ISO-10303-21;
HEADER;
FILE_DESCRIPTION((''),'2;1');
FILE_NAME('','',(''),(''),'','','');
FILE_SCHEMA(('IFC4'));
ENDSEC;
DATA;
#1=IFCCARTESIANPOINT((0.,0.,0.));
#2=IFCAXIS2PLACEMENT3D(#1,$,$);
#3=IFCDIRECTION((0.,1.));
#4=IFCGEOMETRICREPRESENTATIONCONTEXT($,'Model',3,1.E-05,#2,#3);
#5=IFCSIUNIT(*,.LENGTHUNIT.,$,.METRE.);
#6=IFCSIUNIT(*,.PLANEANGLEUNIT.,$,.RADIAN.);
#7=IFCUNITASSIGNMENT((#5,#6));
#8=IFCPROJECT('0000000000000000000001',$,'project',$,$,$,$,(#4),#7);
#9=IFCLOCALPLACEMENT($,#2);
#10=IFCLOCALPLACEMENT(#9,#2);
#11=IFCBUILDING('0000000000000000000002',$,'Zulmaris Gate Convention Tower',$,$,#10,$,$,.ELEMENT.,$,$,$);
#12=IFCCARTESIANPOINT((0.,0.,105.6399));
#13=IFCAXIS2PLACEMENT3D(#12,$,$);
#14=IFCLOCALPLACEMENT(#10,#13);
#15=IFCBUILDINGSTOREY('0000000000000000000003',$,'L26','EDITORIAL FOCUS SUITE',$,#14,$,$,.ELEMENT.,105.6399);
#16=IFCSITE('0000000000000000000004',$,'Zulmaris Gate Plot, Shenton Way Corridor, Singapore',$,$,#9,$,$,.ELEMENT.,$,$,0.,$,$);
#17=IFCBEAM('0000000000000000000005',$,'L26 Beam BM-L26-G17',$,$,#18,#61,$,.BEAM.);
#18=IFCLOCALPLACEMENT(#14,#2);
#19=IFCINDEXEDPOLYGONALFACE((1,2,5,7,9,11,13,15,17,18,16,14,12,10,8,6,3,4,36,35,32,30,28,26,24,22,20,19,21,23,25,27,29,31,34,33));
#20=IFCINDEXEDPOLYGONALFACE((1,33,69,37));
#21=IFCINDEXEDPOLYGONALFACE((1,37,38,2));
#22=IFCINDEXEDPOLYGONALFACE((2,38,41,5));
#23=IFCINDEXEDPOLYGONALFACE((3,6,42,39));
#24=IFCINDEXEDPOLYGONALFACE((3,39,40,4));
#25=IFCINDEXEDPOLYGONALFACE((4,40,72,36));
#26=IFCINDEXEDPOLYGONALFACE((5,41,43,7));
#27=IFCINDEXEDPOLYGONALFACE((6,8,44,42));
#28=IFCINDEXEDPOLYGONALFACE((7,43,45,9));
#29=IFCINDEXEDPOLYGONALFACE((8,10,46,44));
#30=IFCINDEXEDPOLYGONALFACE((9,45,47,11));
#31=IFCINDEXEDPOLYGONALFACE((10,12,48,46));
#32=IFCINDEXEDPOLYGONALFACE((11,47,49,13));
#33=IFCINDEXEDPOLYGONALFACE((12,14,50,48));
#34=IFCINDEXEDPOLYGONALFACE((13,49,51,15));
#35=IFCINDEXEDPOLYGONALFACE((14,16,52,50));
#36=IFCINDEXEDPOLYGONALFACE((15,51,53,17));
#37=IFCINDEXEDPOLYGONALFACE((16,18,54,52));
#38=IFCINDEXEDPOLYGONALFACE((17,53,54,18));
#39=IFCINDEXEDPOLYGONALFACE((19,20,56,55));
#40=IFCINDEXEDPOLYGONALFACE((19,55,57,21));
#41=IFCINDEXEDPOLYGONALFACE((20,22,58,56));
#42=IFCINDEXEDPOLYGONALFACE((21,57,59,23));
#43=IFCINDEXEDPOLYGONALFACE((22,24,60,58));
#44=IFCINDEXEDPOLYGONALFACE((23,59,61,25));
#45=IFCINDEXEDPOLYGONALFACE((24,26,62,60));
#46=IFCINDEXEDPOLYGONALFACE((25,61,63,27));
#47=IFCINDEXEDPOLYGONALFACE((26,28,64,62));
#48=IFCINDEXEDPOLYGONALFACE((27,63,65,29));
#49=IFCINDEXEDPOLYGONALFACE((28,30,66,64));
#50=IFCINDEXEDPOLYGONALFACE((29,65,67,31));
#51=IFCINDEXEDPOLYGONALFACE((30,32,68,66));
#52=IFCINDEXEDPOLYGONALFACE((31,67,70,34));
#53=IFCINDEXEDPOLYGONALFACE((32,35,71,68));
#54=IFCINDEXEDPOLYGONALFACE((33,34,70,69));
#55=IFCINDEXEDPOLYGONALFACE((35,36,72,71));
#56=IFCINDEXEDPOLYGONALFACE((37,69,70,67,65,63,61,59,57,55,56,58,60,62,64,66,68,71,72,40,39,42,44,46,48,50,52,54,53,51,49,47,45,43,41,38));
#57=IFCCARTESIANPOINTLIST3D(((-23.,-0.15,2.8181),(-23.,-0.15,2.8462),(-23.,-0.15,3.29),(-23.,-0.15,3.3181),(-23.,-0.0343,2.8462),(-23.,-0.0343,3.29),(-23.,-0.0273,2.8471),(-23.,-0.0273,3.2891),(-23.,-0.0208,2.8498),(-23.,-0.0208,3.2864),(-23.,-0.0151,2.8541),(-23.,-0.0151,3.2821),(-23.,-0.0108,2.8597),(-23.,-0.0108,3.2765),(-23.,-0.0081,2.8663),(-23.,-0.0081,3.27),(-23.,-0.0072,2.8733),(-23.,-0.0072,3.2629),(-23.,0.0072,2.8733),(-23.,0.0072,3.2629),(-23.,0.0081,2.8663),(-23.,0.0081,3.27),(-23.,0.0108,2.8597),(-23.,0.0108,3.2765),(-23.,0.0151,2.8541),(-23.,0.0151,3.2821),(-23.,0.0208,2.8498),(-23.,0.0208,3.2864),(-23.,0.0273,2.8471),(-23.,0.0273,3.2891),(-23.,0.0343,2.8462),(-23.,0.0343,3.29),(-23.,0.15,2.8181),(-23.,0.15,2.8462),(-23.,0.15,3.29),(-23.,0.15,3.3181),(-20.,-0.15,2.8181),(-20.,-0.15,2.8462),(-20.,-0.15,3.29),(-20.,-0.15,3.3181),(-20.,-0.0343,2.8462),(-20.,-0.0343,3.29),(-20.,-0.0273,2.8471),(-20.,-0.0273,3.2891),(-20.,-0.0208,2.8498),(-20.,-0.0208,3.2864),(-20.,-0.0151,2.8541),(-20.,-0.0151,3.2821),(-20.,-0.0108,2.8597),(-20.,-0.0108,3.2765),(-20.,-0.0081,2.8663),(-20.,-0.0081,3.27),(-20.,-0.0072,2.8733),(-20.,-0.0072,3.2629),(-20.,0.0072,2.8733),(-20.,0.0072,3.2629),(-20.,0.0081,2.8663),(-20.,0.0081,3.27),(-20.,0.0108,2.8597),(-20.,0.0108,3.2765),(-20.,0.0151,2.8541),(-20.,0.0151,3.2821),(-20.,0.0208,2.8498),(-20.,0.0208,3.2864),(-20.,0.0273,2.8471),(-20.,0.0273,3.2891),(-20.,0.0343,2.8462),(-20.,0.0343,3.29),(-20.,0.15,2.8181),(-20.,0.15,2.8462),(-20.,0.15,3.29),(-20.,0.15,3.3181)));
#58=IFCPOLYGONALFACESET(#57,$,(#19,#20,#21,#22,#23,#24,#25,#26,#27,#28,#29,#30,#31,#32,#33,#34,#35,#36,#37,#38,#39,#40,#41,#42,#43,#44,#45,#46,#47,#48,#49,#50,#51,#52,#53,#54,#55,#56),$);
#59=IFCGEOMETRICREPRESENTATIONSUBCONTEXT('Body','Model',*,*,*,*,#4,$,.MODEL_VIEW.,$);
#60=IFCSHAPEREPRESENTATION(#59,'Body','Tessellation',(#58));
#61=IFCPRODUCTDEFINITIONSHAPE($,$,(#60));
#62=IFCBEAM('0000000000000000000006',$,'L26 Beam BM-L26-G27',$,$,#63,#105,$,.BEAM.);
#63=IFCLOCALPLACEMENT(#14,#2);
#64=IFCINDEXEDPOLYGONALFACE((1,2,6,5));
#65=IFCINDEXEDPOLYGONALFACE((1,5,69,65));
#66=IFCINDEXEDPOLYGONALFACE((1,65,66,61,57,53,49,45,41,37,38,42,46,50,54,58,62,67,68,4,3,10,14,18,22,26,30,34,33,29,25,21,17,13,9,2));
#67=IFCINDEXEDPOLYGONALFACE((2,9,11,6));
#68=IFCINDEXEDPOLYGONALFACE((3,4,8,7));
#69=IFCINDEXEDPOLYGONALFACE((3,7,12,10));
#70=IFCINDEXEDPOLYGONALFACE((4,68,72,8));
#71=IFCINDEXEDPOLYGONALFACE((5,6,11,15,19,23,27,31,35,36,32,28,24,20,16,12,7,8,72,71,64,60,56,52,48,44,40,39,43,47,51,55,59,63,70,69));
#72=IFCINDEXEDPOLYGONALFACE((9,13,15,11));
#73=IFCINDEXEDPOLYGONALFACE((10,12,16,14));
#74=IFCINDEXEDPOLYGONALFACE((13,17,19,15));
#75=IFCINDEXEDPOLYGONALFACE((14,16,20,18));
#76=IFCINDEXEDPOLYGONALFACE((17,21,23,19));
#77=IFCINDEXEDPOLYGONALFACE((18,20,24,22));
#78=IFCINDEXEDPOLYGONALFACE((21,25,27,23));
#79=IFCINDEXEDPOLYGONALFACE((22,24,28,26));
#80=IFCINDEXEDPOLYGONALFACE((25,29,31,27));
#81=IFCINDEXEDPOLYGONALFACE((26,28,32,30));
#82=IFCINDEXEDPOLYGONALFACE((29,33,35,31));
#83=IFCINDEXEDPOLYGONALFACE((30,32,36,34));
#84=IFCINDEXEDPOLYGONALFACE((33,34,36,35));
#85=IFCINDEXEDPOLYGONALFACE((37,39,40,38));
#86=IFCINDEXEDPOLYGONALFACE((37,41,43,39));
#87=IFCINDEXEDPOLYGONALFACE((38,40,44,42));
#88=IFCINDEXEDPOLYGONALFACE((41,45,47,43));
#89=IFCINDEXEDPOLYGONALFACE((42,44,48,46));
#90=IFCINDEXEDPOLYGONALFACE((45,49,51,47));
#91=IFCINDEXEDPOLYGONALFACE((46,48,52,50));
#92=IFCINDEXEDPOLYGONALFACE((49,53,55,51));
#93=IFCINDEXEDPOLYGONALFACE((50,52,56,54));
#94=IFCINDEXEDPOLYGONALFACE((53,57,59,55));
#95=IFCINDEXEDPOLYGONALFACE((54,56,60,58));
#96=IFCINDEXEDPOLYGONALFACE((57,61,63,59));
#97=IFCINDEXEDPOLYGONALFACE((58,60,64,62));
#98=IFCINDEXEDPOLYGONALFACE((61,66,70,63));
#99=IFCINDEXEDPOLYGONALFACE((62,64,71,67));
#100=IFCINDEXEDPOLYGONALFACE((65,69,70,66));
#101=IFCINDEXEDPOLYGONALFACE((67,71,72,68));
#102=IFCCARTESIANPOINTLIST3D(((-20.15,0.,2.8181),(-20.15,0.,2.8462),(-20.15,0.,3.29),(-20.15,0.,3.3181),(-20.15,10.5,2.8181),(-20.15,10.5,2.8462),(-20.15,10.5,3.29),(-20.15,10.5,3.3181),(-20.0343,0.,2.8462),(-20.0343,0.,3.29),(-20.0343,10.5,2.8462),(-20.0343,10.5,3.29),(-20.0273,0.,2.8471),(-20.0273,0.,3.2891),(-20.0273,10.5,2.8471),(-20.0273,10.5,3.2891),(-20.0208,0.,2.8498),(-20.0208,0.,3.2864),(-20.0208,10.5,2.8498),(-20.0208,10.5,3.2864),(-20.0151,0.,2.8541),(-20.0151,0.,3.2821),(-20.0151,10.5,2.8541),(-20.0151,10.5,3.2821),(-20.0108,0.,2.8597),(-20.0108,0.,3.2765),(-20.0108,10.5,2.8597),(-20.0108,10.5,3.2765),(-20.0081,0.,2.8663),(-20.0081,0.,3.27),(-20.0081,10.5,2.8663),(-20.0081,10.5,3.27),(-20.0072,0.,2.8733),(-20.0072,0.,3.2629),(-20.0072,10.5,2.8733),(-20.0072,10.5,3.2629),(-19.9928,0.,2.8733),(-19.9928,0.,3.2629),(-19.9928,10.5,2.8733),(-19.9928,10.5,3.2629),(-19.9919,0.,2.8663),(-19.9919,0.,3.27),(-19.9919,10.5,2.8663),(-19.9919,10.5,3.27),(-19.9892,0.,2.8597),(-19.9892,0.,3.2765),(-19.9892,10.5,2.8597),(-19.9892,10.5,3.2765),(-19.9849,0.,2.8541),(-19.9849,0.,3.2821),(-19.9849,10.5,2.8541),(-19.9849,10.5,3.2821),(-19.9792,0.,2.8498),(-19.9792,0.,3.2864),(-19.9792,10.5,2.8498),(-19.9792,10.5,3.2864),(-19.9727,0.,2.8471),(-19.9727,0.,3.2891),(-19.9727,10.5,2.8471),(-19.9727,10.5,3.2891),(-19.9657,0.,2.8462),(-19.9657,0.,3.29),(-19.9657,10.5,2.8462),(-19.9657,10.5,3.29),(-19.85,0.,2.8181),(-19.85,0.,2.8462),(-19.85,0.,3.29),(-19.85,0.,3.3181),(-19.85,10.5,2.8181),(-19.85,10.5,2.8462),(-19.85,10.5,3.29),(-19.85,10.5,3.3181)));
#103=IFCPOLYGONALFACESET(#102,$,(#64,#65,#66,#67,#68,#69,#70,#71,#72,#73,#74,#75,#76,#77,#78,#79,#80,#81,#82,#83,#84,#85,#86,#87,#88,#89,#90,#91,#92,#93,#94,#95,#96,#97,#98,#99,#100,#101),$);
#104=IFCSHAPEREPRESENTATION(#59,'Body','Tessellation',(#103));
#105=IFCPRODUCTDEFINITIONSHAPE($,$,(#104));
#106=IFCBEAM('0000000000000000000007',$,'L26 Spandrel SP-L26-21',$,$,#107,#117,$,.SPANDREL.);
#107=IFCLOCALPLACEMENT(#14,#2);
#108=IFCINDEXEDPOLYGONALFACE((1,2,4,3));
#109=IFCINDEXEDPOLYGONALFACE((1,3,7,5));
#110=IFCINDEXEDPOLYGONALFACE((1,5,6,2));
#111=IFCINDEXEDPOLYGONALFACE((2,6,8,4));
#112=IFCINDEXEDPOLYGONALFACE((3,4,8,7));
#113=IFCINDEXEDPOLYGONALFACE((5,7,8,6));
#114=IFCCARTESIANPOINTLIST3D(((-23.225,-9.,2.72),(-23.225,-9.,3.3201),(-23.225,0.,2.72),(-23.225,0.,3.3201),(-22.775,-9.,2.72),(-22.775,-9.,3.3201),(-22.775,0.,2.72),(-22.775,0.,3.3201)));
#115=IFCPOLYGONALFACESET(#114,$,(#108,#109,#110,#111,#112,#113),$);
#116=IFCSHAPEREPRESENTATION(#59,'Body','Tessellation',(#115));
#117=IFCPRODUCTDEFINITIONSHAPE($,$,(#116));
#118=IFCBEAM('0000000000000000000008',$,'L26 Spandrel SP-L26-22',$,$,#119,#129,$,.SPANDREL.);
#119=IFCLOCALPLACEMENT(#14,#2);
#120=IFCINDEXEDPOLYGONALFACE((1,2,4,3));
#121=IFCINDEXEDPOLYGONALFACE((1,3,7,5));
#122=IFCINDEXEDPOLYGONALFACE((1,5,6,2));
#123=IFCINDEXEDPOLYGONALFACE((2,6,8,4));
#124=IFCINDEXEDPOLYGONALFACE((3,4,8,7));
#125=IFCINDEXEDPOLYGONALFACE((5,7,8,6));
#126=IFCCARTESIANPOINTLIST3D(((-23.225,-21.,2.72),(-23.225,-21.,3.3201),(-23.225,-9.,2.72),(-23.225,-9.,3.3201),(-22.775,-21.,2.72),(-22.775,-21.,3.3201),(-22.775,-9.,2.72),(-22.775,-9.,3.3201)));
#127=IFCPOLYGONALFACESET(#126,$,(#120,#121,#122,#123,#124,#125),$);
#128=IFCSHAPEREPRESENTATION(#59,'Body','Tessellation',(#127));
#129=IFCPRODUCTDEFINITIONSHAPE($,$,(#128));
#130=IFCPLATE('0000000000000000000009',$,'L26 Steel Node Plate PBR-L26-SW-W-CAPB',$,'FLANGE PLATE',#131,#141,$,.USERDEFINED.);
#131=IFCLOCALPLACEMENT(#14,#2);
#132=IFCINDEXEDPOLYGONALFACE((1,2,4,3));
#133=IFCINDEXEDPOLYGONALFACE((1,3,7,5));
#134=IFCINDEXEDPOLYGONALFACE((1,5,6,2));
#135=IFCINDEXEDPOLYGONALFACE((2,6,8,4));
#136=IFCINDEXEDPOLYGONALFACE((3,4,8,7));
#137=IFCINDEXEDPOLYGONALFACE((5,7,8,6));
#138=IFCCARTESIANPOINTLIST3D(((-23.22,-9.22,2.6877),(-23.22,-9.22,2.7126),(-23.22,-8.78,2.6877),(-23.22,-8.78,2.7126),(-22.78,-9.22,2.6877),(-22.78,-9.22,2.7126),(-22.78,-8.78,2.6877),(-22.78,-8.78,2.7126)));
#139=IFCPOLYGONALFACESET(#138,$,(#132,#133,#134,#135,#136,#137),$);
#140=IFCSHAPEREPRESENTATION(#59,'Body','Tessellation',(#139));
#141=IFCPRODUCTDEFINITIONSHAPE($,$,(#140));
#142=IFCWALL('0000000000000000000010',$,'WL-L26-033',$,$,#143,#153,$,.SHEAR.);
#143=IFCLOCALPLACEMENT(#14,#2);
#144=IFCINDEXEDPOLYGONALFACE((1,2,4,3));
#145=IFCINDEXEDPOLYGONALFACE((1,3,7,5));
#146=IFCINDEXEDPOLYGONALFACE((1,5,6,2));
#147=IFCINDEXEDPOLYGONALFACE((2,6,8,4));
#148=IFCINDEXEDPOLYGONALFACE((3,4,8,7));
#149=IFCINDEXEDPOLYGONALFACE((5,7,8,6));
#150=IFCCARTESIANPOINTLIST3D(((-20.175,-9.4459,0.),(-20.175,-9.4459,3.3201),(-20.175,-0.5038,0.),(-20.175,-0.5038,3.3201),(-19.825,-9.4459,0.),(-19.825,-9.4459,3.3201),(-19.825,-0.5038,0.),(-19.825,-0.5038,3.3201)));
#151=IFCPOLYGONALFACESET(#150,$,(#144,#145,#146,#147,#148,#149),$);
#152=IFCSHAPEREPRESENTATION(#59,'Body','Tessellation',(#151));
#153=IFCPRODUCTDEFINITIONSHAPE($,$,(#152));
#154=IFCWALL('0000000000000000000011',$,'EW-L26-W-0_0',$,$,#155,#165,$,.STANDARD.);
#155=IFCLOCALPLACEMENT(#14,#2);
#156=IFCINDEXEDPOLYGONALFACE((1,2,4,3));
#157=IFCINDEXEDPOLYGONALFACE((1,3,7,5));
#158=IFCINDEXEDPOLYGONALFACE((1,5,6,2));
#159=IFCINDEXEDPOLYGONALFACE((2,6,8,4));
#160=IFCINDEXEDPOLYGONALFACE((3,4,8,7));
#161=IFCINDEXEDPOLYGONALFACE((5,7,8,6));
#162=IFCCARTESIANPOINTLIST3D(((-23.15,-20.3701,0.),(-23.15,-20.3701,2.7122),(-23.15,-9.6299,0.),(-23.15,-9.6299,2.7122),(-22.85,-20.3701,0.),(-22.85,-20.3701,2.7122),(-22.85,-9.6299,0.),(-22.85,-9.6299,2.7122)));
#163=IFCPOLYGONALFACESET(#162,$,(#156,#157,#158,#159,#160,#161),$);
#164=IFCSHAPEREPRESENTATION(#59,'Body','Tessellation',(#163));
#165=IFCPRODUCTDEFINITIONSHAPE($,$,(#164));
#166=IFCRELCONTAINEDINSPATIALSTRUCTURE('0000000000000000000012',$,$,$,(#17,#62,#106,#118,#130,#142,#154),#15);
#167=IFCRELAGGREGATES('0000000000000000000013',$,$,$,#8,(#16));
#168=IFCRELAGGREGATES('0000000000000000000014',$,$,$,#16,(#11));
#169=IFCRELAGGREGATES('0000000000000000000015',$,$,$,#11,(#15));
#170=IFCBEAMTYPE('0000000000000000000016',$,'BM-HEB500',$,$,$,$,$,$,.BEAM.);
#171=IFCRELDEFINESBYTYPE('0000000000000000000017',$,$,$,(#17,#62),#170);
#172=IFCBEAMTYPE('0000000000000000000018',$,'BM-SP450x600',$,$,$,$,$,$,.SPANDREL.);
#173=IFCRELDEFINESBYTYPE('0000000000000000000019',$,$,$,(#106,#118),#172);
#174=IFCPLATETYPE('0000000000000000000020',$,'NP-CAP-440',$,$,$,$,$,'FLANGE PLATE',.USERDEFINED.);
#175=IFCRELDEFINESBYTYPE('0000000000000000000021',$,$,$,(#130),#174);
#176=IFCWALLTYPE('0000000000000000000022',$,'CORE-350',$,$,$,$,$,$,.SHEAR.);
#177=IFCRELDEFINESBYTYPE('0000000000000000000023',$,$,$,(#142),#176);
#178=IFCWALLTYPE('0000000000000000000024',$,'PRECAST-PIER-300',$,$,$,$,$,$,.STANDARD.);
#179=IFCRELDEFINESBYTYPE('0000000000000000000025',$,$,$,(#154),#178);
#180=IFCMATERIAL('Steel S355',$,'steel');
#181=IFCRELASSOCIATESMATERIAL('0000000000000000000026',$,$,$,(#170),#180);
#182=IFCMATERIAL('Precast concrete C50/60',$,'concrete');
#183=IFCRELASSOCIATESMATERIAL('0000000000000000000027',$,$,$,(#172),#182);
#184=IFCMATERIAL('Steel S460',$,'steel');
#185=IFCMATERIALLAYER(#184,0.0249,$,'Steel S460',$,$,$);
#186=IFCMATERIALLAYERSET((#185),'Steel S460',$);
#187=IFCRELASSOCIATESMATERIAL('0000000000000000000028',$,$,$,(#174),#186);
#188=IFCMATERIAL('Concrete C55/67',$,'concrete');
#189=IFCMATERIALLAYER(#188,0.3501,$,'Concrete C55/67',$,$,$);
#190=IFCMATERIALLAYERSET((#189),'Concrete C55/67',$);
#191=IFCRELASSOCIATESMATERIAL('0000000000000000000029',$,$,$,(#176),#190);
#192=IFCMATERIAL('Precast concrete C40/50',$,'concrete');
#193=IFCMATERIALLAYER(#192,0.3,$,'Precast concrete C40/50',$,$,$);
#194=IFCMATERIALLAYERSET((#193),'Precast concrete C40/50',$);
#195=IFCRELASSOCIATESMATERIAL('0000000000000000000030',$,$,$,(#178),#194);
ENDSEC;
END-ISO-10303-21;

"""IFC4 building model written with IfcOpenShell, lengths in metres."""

from ifc_helpers import new_model, si_unit, direction, frame, frame_2d, origin, origin_2d, place, context, subcontext, project, spatial, rectangle, i_section, extrude, material, layer, layer_set, material_profile, profile_set, type_object, element, save


model = new_model("IFC4")

# Units and contexts
model_context = context("Model", 3, precision=1e-05, world=origin(), true_north=direction((0.0, 1.0)))
body_context = subcontext(model_context, "Body", "Model", "MODEL_VIEW")
ifc_project = project(units=[si_unit("LENGTHUNIT", "METRE"), si_unit("PLANEANGLEUNIT", "RADIAN")], contexts=[model_context])

# Site, building, storey
site_placement = place(None, origin())
site = spatial("IfcSite", under=ifc_project, at=site_placement, Name="Zulmaris Gate Plot, Shenton Way Corridor, Singapore", CompositionType="ELEMENT", RefElevation=0.0)
building_placement = place(site_placement, origin())
building = spatial("IfcBuilding", under=site, at=building_placement, Name="Zulmaris Gate Convention Tower", CompositionType="ELEMENT")
storey_placement = place(building_placement, frame((0.0, 0.0, 105.6399)))
storey = spatial("IfcBuildingStorey", under=building, at=storey_placement, Name="L26", Description="EDITORIAL FOCUS SUITE", CompositionType="ELEMENT", Elevation=105.6399)

# Beams
ifc_material_1 = material(Name="Steel S355", Category="steel")
ifc_material_profile_1 = material_profile(ifc_material_1, i_section(OverallWidth=0.3, OverallDepth=0.5, WebThickness=0.0144, FlangeThickness=0.0281, FilletRadius=0.0271, at=origin_2d()), Name="HEB 500")
ifc_profile_set_1 = profile_set([ifc_material_profile_1], Name="Steel S355")
beam_type_1 = type_object("IfcBeamType", Name="BM-HEB500", PredefinedType="BEAM", material=ifc_profile_set_1)
for number, where, z_axis, x_axis, name in (
    (1, (-23.0, 0.0, 3.0681), (1.0, 0.0, 0.0), (0.0, 1.0, 0.0), "L26 Beam BM-L26-G17"),
):
    element("IfcBeam", number, at=place(storey_placement, frame(where, z_axis=z_axis, x_axis=x_axis)), inside=storey, type_object=beam_type_1, Name=name, PredefinedType="BEAM", context=body_context, shape_type="SweptSolid", body=[
        extrude(i_section(OverallWidth=0.3, OverallDepth=0.5, WebThickness=0.0144, FlangeThickness=0.0281, FilletRadius=0.0271, at=origin_2d()), origin(), (0.0, 0.0, 1.0), 3.0),
    ])
beam_1_placement = place(storey_placement, frame((-20.0, 0.0, 3.0681), z_axis=(0.0, 1.0, 0.0), x_axis=(-1.0, 0.0, 0.0)))
element("IfcBeam", 2, at=beam_1_placement, inside=storey, type_object=beam_type_1, Name="L26 Beam BM-L26-G27", PredefinedType="BEAM", context=body_context, shape_type="SweptSolid", body=[
    extrude(i_section(OverallWidth=0.3, OverallDepth=0.5, WebThickness=0.0144, FlangeThickness=0.0281, FilletRadius=0.0271, at=origin_2d()), origin(), (0.0, 0.0, 1.0), 10.5),
])
ifc_material_2 = material(Name="Precast concrete C50/60", Category="concrete")
ifc_material_profile_2 = material_profile(ifc_material_2, rectangle(XDim=0.45, YDim=0.6001, at=origin_2d()), Name="RC SPANDREL 450x600")
ifc_profile_set_2 = profile_set([ifc_material_profile_2], Name="Precast concrete C50/60")
beam_type_2 = type_object("IfcBeamType", Name="BM-SP450x600", PredefinedType="SPANDREL", material=ifc_profile_set_2)
beam_2_placement = place(storey_placement, frame((-23.0, 0.0, 3.02), z_axis=(0.0, -1.0, 0.0), x_axis=(1.0, 0.0, 0.0)))
element("IfcBeam", 3, at=beam_2_placement, inside=storey, type_object=beam_type_2, Name="L26 Spandrel SP-L26-21", PredefinedType="SPANDREL", context=body_context, shape_type="SweptSolid", body=[
    extrude(rectangle(XDim=0.45, YDim=0.6001, at=origin_2d()), origin(), (0.0, 0.0, 1.0), 9.0),
])
beam_3_placement = place(storey_placement, frame((-23.0, -9.0, 3.02), z_axis=(0.0, -1.0, 0.0), x_axis=(1.0, 0.0, 0.0)))
element("IfcBeam", 4, at=beam_3_placement, inside=storey, type_object=beam_type_2, Name="L26 Spandrel SP-L26-22", PredefinedType="SPANDREL", context=body_context, shape_type="SweptSolid", body=[
    extrude(rectangle(XDim=0.45, YDim=0.6001, at=origin_2d()), origin(), (0.0, 0.0, 1.0), 12.0),
])

# Plate
ifc_material_3 = material(Name="Steel S460", Category="steel")
ifc_layer_1 = layer(ifc_material_3, 0.0249, Name="Steel S460")
ifc_layer_set_1 = layer_set([ifc_layer_1], Name="Steel S460")
plate_type = type_object("IfcPlateType", Name="NP-CAP-440", ElementType="FLANGE PLATE", PredefinedType="USERDEFINED", material=ifc_layer_set_1)
plate_placement = place(storey_placement, frame((-23.0, -9.0, 2.6877), z_axis=(0.0, 0.0, 1.0), x_axis=(1.0, 0.0, 0.0)))
element("IfcPlate", 5, at=plate_placement, inside=storey, type_object=plate_type, Name="L26 Steel Node Plate PBR-L26-SW-W-CAPB", ObjectType="FLANGE PLATE", PredefinedType="USERDEFINED", context=body_context, shape_type="SweptSolid", body=[
    extrude(rectangle(XDim=0.4399, YDim=0.4399, at=origin_2d()), origin(), (0.0, 0.0, 1.0), 0.0249),
])

# Walls
ifc_material_4 = material(Name="Concrete C55/67", Category="concrete")
ifc_layer_2 = layer(ifc_material_4, 0.3501, Name="Concrete C55/67")
ifc_layer_set_2 = layer_set([ifc_layer_2], Name="Concrete C55/67")
wall_type_1 = type_object("IfcWallType", Name="CORE-350", PredefinedType="SHEAR", material=ifc_layer_set_2)
wall_1_placement = place(storey_placement, frame((-20.0, -9.446, 0.0), z_axis=(0.0, 0.0, 1.0), x_axis=(0.0, 1.0, 0.0)))
element("IfcWall", 6, at=wall_1_placement, inside=storey, type_object=wall_type_1, Name="WL-L26-033", PredefinedType="SHEAR", context=body_context, shape_type="SweptSolid", body=[
    extrude(rectangle(XDim=8.9421, YDim=0.3501, at=frame_2d((4.4712, 0.0))), origin(), (0.0, 0.0, 1.0), 3.3201),
])
ifc_material_5 = material(Name="Precast concrete C40/50", Category="concrete")
ifc_layer_3 = layer(ifc_material_5, 0.3, Name="Precast concrete C40/50")
ifc_layer_set_3 = layer_set([ifc_layer_3], Name="Precast concrete C40/50")
wall_type_2 = type_object("IfcWallType", Name="PRECAST-PIER-300", PredefinedType="STANDARD", material=ifc_layer_set_3)
wall_2_placement = place(storey_placement, frame((-23.0, -9.6299, 0.0), z_axis=(0.0, 0.0, 1.0), x_axis=(0.0, -1.0, 0.0)))
element("IfcWall", 7, at=wall_2_placement, inside=storey, type_object=wall_type_2, Name="EW-L26-W-0_0", PredefinedType="STANDARD", context=body_context, shape_type="SweptSolid", body=[
    extrude(rectangle(XDim=10.7402, YDim=0.3, at=frame_2d((5.3701, 0.0))), origin(), (0.0, 0.0, 1.0), 2.7122),
])

save(model, "model.ifc")
